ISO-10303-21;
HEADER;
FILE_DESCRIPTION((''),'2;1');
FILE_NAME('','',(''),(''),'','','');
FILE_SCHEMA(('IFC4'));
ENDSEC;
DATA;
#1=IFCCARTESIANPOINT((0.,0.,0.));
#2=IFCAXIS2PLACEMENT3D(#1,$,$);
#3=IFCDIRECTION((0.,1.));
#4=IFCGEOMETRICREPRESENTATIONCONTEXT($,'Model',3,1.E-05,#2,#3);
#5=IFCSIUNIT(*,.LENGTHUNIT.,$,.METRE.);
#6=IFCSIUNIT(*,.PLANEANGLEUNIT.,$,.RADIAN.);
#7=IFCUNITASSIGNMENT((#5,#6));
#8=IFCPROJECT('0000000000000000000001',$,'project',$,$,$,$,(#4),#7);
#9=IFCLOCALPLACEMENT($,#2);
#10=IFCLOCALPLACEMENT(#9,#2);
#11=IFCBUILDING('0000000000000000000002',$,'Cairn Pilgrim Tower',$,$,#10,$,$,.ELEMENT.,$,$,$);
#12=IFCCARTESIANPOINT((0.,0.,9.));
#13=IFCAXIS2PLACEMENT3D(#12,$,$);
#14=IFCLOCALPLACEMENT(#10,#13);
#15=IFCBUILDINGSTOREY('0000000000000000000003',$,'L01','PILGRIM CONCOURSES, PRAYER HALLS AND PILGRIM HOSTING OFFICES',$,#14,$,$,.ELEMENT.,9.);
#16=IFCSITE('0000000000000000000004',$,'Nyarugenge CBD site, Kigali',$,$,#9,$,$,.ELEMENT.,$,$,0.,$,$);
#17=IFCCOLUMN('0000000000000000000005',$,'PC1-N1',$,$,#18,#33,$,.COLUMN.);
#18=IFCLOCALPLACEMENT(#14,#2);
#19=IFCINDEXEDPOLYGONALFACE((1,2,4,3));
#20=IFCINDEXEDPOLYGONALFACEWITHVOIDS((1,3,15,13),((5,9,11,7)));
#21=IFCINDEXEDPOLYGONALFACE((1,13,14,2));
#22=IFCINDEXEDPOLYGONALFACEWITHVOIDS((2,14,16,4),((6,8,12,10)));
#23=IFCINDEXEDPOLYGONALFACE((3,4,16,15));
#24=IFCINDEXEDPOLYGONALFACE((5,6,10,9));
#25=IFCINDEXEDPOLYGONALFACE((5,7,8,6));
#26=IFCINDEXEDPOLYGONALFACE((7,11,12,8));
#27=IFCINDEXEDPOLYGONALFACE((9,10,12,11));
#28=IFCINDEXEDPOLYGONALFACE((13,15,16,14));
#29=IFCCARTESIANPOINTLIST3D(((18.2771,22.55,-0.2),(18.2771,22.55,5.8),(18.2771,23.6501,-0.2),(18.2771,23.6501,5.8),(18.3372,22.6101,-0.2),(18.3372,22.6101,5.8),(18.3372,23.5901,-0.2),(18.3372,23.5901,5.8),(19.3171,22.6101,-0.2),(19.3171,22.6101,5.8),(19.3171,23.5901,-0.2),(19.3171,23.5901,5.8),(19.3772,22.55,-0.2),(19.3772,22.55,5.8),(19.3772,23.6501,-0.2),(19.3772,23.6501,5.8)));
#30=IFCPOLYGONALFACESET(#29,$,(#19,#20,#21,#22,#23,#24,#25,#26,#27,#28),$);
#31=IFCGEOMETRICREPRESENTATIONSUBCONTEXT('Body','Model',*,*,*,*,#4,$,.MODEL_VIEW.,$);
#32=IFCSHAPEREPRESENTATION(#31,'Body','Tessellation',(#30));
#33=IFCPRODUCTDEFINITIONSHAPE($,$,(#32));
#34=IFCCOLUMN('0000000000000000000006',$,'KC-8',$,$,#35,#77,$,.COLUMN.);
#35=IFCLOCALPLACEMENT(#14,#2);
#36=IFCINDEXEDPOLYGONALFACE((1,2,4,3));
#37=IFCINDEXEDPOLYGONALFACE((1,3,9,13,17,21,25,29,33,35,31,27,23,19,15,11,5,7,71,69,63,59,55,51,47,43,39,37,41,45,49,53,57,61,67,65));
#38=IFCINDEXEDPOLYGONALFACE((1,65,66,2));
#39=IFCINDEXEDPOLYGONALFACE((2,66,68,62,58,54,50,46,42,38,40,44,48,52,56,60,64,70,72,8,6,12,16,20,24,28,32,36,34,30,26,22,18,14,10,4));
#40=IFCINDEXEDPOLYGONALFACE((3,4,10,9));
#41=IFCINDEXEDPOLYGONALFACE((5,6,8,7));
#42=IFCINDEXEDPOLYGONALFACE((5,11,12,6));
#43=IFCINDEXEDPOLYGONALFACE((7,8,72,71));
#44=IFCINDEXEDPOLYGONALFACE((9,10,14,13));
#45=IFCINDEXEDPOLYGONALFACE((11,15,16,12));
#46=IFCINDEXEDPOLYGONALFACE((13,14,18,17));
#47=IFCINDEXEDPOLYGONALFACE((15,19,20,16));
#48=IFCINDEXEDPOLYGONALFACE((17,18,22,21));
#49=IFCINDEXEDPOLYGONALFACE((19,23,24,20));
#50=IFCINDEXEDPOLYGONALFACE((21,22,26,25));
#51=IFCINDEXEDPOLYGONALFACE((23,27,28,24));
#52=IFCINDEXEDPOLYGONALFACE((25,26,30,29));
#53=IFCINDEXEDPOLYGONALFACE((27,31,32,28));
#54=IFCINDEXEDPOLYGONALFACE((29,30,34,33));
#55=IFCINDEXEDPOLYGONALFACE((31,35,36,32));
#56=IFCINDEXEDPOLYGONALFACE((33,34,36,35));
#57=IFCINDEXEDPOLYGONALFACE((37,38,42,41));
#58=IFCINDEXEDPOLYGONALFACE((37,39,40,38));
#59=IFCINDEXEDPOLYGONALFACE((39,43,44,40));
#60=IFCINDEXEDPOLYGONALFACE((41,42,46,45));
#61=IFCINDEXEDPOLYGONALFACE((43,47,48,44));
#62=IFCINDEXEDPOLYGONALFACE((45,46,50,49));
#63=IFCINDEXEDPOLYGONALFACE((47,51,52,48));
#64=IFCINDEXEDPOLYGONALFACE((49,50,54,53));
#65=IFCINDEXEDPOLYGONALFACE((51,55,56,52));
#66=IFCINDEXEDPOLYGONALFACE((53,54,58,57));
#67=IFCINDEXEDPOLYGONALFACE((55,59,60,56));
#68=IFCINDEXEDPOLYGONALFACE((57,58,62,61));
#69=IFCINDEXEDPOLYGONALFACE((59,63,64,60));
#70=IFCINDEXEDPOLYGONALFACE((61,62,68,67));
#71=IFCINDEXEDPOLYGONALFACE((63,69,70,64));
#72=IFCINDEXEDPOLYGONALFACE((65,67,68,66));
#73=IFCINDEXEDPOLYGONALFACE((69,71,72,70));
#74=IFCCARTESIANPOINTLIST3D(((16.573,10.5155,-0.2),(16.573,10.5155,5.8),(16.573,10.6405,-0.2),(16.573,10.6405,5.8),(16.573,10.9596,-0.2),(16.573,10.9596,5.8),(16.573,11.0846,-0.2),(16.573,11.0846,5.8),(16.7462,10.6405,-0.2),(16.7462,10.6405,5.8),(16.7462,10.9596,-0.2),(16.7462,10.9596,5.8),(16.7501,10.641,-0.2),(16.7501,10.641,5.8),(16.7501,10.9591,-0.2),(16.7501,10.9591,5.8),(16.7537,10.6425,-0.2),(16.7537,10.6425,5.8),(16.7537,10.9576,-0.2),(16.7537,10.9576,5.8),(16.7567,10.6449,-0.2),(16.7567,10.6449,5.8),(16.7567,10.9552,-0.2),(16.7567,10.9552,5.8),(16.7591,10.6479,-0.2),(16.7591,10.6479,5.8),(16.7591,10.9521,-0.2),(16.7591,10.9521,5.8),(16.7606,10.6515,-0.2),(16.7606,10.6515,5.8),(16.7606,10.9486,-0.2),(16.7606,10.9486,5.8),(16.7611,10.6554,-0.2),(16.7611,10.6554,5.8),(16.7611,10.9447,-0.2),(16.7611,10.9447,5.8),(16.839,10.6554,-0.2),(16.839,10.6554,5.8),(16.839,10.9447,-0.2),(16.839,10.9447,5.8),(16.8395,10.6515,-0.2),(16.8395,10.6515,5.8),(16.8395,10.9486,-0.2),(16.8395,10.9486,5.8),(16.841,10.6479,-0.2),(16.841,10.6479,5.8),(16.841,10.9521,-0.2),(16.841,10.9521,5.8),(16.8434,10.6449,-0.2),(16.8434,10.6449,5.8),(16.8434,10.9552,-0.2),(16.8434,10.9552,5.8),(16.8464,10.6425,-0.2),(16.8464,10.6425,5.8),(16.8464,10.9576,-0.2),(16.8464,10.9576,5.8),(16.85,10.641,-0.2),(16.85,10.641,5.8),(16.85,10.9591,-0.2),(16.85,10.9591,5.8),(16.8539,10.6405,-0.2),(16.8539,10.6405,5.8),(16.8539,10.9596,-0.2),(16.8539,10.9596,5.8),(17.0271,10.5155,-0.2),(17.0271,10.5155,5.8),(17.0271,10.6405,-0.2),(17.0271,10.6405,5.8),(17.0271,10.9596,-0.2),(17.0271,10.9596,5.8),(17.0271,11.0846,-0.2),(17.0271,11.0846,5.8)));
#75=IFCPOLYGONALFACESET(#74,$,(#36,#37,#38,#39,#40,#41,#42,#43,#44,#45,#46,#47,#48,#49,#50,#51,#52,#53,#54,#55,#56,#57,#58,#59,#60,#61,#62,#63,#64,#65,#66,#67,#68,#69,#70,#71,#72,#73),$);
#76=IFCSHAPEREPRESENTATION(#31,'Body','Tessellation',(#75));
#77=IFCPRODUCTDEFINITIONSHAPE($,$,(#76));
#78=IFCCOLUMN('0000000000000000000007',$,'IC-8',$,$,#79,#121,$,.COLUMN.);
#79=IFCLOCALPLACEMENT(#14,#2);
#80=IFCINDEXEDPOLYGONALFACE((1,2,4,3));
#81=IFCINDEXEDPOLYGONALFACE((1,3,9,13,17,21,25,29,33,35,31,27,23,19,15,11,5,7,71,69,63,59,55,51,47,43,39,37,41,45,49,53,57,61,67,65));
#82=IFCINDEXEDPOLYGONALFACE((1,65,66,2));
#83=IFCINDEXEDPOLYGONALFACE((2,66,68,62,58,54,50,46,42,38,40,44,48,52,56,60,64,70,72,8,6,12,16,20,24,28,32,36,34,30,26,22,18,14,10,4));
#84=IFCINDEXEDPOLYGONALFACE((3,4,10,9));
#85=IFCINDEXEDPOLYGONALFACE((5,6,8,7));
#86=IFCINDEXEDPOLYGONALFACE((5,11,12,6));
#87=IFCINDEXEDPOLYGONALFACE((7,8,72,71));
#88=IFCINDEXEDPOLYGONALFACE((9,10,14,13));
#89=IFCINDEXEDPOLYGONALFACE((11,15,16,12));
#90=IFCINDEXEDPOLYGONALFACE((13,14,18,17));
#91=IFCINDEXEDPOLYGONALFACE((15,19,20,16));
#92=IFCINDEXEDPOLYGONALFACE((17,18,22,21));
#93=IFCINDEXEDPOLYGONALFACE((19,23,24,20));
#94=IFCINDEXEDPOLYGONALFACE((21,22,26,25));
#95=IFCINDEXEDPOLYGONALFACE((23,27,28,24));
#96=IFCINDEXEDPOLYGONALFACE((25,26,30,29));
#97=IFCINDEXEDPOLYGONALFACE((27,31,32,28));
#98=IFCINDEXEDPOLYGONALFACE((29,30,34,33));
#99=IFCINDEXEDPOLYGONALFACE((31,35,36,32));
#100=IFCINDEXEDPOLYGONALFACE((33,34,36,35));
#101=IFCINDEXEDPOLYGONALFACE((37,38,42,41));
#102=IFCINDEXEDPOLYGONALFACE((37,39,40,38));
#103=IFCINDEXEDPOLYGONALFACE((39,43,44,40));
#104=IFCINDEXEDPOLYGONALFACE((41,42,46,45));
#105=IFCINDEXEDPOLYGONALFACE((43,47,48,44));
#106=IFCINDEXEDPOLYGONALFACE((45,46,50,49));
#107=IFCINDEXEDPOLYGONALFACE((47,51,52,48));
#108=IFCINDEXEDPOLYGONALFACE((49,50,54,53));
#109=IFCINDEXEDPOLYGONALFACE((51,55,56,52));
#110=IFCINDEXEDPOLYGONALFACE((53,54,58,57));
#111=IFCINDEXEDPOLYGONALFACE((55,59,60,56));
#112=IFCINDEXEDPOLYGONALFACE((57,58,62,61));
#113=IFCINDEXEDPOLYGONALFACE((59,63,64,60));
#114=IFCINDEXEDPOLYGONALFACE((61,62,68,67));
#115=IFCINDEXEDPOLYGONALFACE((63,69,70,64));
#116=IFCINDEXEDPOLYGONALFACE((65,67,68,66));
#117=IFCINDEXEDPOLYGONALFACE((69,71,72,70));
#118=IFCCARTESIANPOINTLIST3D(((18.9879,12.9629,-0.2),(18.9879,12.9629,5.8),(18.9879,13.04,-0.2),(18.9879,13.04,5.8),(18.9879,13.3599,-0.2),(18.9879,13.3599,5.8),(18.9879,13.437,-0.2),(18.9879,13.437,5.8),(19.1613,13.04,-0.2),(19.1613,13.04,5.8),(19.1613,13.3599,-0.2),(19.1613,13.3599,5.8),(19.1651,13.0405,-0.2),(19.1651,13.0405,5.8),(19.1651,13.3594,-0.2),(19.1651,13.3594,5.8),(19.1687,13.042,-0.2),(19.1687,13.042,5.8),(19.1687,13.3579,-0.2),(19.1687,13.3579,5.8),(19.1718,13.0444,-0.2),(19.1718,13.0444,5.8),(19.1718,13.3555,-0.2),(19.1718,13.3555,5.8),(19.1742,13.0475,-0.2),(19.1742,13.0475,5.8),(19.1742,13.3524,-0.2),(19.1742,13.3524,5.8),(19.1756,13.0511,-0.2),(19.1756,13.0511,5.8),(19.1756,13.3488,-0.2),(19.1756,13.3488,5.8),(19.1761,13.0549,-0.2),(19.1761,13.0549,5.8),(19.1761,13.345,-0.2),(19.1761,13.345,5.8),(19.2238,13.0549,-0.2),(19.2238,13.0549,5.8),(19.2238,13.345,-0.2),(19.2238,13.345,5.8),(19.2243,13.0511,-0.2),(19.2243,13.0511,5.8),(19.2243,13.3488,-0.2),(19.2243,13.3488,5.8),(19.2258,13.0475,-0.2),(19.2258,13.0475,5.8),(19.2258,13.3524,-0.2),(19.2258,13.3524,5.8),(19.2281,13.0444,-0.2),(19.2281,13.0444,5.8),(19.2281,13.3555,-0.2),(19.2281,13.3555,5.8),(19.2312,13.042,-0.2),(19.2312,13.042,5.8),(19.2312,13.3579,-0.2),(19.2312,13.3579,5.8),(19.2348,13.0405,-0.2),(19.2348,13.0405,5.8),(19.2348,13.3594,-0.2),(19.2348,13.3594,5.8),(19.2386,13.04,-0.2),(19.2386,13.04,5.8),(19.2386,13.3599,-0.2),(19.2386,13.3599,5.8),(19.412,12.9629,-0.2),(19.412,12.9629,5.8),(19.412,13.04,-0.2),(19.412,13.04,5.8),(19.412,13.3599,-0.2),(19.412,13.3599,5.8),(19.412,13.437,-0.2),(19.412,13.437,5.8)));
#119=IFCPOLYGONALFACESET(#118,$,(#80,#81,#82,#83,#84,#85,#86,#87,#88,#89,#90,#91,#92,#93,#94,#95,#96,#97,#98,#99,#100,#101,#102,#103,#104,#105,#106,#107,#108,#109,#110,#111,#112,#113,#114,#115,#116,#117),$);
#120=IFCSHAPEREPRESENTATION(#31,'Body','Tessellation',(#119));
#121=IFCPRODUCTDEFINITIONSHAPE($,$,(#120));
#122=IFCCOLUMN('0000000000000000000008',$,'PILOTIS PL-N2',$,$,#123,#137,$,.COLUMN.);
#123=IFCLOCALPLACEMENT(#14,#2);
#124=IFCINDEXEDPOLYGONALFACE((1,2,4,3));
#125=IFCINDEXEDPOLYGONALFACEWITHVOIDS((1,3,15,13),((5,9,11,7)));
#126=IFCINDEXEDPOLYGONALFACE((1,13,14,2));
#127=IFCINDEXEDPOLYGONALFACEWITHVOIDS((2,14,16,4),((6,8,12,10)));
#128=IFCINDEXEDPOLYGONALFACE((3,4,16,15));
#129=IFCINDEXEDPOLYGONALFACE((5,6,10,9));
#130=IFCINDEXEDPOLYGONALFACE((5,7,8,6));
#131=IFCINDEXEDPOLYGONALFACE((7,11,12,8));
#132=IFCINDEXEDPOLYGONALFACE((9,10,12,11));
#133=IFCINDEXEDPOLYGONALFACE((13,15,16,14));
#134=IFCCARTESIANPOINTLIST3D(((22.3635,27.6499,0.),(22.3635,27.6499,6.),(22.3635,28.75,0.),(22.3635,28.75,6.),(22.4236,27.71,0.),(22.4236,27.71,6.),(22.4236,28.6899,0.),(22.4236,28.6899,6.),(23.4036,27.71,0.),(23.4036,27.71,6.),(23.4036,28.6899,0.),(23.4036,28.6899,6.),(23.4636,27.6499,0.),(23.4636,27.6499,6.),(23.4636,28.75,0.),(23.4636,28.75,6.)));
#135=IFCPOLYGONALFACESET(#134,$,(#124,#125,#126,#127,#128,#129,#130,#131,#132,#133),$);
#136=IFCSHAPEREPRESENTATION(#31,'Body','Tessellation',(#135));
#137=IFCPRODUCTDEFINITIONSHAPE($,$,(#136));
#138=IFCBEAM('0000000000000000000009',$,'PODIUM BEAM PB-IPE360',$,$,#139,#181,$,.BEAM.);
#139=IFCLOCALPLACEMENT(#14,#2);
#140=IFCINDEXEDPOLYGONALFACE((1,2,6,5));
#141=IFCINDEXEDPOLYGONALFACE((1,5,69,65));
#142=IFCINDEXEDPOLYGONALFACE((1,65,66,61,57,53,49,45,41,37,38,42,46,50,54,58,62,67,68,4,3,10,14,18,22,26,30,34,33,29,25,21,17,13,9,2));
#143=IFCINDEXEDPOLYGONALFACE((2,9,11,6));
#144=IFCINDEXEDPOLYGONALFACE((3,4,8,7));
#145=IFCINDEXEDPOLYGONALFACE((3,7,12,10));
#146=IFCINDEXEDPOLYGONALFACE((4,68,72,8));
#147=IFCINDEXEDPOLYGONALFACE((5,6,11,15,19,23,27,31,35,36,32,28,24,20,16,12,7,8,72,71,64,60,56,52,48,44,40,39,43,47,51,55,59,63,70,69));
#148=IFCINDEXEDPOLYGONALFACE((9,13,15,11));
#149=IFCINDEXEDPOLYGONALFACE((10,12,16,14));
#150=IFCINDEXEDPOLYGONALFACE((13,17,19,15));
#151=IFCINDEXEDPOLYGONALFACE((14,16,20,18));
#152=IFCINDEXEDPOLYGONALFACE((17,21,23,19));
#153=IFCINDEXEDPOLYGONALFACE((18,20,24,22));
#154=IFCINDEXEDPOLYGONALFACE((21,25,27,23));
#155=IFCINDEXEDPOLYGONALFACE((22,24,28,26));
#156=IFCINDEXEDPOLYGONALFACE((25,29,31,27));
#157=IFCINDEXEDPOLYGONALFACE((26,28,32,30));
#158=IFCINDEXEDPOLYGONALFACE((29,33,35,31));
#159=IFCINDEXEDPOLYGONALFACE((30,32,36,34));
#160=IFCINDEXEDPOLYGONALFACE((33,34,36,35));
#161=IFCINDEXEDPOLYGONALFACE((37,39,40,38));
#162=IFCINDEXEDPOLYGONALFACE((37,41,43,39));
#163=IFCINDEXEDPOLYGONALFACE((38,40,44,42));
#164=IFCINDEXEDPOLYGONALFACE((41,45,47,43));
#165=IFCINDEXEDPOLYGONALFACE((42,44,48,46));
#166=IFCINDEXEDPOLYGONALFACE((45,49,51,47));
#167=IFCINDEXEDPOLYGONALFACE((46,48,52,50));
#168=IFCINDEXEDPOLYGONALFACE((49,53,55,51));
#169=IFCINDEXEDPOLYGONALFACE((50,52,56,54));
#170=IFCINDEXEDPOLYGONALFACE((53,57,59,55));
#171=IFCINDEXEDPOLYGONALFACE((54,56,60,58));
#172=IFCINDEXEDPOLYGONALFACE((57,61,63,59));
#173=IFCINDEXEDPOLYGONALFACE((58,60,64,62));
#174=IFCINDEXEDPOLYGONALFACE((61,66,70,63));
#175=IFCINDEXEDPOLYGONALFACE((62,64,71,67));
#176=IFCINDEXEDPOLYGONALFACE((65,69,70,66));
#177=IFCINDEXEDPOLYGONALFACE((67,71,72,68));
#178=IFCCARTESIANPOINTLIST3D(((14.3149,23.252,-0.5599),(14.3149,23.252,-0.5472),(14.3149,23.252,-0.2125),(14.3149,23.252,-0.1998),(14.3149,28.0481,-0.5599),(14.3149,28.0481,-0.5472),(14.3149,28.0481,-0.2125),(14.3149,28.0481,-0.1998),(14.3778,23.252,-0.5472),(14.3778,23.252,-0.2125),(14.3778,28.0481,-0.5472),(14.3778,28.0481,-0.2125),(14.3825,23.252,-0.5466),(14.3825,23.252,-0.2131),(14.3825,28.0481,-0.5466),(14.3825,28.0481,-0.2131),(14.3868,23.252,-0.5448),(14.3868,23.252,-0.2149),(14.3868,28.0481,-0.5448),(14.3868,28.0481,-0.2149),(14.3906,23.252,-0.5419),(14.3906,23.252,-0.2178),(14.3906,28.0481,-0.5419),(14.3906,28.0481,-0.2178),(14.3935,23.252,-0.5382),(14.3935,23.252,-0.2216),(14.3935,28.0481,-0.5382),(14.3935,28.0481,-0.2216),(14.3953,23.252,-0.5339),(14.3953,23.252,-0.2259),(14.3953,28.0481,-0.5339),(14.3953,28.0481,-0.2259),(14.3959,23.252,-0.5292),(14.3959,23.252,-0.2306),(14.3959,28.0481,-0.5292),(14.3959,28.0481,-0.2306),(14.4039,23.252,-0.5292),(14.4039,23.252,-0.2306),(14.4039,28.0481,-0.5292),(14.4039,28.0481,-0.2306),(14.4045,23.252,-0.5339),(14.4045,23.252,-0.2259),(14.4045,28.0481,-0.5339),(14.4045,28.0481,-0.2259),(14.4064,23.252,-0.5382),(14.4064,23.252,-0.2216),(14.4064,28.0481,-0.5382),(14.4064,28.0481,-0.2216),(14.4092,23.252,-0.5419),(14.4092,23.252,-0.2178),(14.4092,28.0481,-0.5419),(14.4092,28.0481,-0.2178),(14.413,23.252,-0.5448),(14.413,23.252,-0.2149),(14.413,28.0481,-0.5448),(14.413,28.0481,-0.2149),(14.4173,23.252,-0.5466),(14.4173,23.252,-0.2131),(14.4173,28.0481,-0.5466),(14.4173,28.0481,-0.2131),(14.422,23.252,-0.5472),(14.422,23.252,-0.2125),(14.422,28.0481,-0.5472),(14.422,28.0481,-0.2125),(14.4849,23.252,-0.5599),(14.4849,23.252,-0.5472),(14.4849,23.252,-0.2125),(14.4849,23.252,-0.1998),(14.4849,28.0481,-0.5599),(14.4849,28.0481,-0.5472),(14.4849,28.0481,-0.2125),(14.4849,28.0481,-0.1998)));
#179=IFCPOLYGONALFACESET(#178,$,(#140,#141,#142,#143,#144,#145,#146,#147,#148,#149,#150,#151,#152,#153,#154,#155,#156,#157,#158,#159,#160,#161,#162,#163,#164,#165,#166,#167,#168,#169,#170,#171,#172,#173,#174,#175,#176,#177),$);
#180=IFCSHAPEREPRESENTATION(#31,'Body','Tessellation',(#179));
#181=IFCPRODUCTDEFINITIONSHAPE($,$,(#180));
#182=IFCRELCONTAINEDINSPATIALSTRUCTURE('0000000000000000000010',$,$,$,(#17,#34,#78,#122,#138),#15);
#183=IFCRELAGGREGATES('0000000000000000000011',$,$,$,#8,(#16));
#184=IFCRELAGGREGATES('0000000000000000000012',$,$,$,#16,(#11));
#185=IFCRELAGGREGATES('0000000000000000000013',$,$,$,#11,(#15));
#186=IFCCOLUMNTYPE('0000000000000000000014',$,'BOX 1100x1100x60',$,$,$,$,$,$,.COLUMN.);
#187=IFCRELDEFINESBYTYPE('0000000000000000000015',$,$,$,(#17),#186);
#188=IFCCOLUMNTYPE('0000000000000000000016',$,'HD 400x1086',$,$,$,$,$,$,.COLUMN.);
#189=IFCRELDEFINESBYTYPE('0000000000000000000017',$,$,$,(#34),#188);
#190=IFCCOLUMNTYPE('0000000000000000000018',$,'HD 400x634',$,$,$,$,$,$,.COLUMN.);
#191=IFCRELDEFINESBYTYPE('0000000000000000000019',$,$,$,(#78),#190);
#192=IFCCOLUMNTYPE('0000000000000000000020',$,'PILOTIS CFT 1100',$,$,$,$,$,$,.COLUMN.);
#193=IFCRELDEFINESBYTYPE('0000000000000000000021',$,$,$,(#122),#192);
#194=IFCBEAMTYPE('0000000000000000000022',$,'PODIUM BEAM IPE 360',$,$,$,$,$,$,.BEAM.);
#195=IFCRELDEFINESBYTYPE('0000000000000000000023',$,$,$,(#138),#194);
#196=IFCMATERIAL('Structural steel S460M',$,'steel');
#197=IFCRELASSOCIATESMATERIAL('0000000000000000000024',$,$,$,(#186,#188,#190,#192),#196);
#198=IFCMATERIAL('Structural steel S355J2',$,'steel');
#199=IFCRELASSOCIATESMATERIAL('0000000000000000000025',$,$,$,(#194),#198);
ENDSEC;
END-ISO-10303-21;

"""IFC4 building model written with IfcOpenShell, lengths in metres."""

from ifc_helpers import new_model, si_unit, direction, frame, origin, origin_2d, place, context, subcontext, project, spatial, hollow_rectangle, i_section, extrude, material, material_profile, profile_set, type_object, element, save


model = new_model("IFC4")

# Units and contexts
model_context = context("Model", 3, precision=1e-05, world=origin(), true_north=direction((0.0, 1.0)))
body_context = subcontext(model_context, "Body", "Model", "MODEL_VIEW")
ifc_project = project(units=[si_unit("LENGTHUNIT", "METRE"), si_unit("PLANEANGLEUNIT", "RADIAN")], contexts=[model_context])

# Site, building, storey
site_placement = place(None, origin())
site = spatial("IfcSite", under=ifc_project, at=site_placement, Name="Nyarugenge CBD site, Kigali", CompositionType="ELEMENT", RefElevation=0.0)
building_placement = place(site_placement, origin())
building = spatial("IfcBuilding", under=site, at=building_placement, Name="Cairn Pilgrim Tower", CompositionType="ELEMENT")
storey_placement = place(building_placement, frame((0.0, 0.0, 9.0)))
storey = spatial("IfcBuildingStorey", under=building, at=storey_placement, Name="L01", Description="PILGRIM CONCOURSES, PRAYER HALLS AND PILGRIM HOSTING OFFICES", CompositionType="ELEMENT", Elevation=9.0)

# Columns
ifc_material_1 = material(Name="Structural steel S460M", Category="steel")
ifc_material_profile_1 = material_profile(ifc_material_1, hollow_rectangle(XDim=1.1001, YDim=1.1001, WallThickness=0.0601, at=origin_2d()), Name="BOX 1100x1100x60")
ifc_profile_set_1 = profile_set([ifc_material_profile_1], Name="Structural steel S460M")
column_type_1 = type_object("IfcColumnType", Name="BOX 1100x1100x60", PredefinedType="COLUMN", material=ifc_profile_set_1)
column_1_placement = place(storey_placement, frame((18.8271, 23.1001, -0.2), z_axis=(0.0, 0.0, 1.0), x_axis=(1.0, 0.0, 0.0)))
element("IfcColumn", 1, at=column_1_placement, inside=storey, type_object=column_type_1, Name="PC1-N1", PredefinedType="COLUMN", context=body_context, shape_type="SweptSolid", body=[
    extrude(hollow_rectangle(XDim=1.1001, YDim=1.1001, WallThickness=0.0601, at=origin_2d()), origin(), (0.0, 0.0, 1.0), 6.0),
])
ifc_material_profile_2 = material_profile(ifc_material_1, i_section(OverallWidth=0.4541, OverallDepth=0.5691, WebThickness=0.0779, FlangeThickness=0.125, FilletRadius=0.0149, at=origin_2d()), Name="HD 400x1086")
ifc_profile_set_2 = profile_set([ifc_material_profile_2], Name="Structural steel S460M")
column_type_2 = type_object("IfcColumnType", Name="HD 400x1086", PredefinedType="COLUMN", material=ifc_profile_set_2)
column_2_placement = place(storey_placement, frame((16.8, 10.8, -0.2), z_axis=(0.0, 0.0, 1.0), x_axis=(1.0, 0.0, 0.0)))
element("IfcColumn", 2, at=column_2_placement, inside=storey, type_object=column_type_2, Name="KC-8", PredefinedType="COLUMN", context=body_context, shape_type="SweptSolid", body=[
    extrude(i_section(OverallWidth=0.4541, OverallDepth=0.5691, WebThickness=0.0779, FlangeThickness=0.125, FilletRadius=0.0149, at=origin_2d()), origin(), (0.0, 0.0, 1.0), 6.0),
])
ifc_material_profile_3 = material_profile(ifc_material_1, i_section(OverallWidth=0.4241, OverallDepth=0.4741, WebThickness=0.0476, FlangeThickness=0.0771, FilletRadius=0.0149, at=origin_2d()), Name="HD 400x634")
ifc_profile_set_3 = profile_set([ifc_material_profile_3], Name="Structural steel S460M")
column_type_3 = type_object("IfcColumnType", Name="HD 400x634", PredefinedType="COLUMN", material=ifc_profile_set_3)
column_3_placement = place(storey_placement, frame((19.2, 13.2, -0.2), z_axis=(0.0, 0.0, 1.0), x_axis=(1.0, 0.0, 0.0)))
element("IfcColumn", 3, at=column_3_placement, inside=storey, type_object=column_type_3, Name="IC-8", PredefinedType="COLUMN", context=body_context, shape_type="SweptSolid", body=[
    extrude(i_section(OverallWidth=0.4241, OverallDepth=0.4741, WebThickness=0.0476, FlangeThickness=0.0771, FilletRadius=0.0149, at=origin_2d()), origin(), (0.0, 0.0, 1.0), 6.0),
])
ifc_material_profile_4 = material_profile(ifc_material_1, hollow_rectangle(XDim=1.1001, YDim=1.1001, WallThickness=0.0601, at=origin_2d()), Name="BOX 1100x1100x60")
ifc_profile_set_4 = profile_set([ifc_material_profile_4], Name="Structural steel S460M")
column_type_4 = type_object("IfcColumnType", Name="PILOTIS CFT 1100", PredefinedType="COLUMN", material=ifc_profile_set_4)
column_4_placement = place(storey_placement, frame((22.9136, 28.2, 0.0), z_axis=(0.0, 0.0, 1.0), x_axis=(1.0, 0.0, 0.0)))
element("IfcColumn", 4, at=column_4_placement, inside=storey, type_object=column_type_4, Name="PILOTIS PL-N2", PredefinedType="COLUMN", context=body_context, shape_type="SweptSolid", body=[
    extrude(hollow_rectangle(XDim=1.1001, YDim=1.1001, WallThickness=0.0601, at=origin_2d()), origin(), (0.0, 0.0, 1.0), 6.0),
])

# Beam
ifc_material_2 = material(Name="Structural steel S355J2", Category="steel")
ifc_material_profile_5 = material_profile(ifc_material_2, i_section(OverallWidth=0.1699, OverallDepth=0.3601, WebThickness=0.0081, FlangeThickness=0.0127, FilletRadius=0.0181, at=origin_2d()), Name="IPE 360")
ifc_profile_set_5 = profile_set([ifc_material_profile_5], Name="Structural steel S355J2")
beam_type_1 = type_object("IfcBeamType", Name="PODIUM BEAM IPE 360", PredefinedType="BEAM", material=ifc_profile_set_5)
beam_1_placement = place(storey_placement, frame((14.3999, 23.252, -0.3799), z_axis=(0.0, 1.0, 0.0), x_axis=(-1.0, 0.0, 0.0)))
element("IfcBeam", 5, at=beam_1_placement, inside=storey, type_object=beam_type_1, Name="PODIUM BEAM PB-IPE360", PredefinedType="BEAM", context=body_context, shape_type="SweptSolid", body=[
    extrude(i_section(OverallWidth=0.1699, OverallDepth=0.3601, WebThickness=0.0081, FlangeThickness=0.0127, FilletRadius=0.0181, at=origin_2d()), origin(), (0.0, 0.0, 1.0), 4.7961),
])

save(model, "model.ifc")
